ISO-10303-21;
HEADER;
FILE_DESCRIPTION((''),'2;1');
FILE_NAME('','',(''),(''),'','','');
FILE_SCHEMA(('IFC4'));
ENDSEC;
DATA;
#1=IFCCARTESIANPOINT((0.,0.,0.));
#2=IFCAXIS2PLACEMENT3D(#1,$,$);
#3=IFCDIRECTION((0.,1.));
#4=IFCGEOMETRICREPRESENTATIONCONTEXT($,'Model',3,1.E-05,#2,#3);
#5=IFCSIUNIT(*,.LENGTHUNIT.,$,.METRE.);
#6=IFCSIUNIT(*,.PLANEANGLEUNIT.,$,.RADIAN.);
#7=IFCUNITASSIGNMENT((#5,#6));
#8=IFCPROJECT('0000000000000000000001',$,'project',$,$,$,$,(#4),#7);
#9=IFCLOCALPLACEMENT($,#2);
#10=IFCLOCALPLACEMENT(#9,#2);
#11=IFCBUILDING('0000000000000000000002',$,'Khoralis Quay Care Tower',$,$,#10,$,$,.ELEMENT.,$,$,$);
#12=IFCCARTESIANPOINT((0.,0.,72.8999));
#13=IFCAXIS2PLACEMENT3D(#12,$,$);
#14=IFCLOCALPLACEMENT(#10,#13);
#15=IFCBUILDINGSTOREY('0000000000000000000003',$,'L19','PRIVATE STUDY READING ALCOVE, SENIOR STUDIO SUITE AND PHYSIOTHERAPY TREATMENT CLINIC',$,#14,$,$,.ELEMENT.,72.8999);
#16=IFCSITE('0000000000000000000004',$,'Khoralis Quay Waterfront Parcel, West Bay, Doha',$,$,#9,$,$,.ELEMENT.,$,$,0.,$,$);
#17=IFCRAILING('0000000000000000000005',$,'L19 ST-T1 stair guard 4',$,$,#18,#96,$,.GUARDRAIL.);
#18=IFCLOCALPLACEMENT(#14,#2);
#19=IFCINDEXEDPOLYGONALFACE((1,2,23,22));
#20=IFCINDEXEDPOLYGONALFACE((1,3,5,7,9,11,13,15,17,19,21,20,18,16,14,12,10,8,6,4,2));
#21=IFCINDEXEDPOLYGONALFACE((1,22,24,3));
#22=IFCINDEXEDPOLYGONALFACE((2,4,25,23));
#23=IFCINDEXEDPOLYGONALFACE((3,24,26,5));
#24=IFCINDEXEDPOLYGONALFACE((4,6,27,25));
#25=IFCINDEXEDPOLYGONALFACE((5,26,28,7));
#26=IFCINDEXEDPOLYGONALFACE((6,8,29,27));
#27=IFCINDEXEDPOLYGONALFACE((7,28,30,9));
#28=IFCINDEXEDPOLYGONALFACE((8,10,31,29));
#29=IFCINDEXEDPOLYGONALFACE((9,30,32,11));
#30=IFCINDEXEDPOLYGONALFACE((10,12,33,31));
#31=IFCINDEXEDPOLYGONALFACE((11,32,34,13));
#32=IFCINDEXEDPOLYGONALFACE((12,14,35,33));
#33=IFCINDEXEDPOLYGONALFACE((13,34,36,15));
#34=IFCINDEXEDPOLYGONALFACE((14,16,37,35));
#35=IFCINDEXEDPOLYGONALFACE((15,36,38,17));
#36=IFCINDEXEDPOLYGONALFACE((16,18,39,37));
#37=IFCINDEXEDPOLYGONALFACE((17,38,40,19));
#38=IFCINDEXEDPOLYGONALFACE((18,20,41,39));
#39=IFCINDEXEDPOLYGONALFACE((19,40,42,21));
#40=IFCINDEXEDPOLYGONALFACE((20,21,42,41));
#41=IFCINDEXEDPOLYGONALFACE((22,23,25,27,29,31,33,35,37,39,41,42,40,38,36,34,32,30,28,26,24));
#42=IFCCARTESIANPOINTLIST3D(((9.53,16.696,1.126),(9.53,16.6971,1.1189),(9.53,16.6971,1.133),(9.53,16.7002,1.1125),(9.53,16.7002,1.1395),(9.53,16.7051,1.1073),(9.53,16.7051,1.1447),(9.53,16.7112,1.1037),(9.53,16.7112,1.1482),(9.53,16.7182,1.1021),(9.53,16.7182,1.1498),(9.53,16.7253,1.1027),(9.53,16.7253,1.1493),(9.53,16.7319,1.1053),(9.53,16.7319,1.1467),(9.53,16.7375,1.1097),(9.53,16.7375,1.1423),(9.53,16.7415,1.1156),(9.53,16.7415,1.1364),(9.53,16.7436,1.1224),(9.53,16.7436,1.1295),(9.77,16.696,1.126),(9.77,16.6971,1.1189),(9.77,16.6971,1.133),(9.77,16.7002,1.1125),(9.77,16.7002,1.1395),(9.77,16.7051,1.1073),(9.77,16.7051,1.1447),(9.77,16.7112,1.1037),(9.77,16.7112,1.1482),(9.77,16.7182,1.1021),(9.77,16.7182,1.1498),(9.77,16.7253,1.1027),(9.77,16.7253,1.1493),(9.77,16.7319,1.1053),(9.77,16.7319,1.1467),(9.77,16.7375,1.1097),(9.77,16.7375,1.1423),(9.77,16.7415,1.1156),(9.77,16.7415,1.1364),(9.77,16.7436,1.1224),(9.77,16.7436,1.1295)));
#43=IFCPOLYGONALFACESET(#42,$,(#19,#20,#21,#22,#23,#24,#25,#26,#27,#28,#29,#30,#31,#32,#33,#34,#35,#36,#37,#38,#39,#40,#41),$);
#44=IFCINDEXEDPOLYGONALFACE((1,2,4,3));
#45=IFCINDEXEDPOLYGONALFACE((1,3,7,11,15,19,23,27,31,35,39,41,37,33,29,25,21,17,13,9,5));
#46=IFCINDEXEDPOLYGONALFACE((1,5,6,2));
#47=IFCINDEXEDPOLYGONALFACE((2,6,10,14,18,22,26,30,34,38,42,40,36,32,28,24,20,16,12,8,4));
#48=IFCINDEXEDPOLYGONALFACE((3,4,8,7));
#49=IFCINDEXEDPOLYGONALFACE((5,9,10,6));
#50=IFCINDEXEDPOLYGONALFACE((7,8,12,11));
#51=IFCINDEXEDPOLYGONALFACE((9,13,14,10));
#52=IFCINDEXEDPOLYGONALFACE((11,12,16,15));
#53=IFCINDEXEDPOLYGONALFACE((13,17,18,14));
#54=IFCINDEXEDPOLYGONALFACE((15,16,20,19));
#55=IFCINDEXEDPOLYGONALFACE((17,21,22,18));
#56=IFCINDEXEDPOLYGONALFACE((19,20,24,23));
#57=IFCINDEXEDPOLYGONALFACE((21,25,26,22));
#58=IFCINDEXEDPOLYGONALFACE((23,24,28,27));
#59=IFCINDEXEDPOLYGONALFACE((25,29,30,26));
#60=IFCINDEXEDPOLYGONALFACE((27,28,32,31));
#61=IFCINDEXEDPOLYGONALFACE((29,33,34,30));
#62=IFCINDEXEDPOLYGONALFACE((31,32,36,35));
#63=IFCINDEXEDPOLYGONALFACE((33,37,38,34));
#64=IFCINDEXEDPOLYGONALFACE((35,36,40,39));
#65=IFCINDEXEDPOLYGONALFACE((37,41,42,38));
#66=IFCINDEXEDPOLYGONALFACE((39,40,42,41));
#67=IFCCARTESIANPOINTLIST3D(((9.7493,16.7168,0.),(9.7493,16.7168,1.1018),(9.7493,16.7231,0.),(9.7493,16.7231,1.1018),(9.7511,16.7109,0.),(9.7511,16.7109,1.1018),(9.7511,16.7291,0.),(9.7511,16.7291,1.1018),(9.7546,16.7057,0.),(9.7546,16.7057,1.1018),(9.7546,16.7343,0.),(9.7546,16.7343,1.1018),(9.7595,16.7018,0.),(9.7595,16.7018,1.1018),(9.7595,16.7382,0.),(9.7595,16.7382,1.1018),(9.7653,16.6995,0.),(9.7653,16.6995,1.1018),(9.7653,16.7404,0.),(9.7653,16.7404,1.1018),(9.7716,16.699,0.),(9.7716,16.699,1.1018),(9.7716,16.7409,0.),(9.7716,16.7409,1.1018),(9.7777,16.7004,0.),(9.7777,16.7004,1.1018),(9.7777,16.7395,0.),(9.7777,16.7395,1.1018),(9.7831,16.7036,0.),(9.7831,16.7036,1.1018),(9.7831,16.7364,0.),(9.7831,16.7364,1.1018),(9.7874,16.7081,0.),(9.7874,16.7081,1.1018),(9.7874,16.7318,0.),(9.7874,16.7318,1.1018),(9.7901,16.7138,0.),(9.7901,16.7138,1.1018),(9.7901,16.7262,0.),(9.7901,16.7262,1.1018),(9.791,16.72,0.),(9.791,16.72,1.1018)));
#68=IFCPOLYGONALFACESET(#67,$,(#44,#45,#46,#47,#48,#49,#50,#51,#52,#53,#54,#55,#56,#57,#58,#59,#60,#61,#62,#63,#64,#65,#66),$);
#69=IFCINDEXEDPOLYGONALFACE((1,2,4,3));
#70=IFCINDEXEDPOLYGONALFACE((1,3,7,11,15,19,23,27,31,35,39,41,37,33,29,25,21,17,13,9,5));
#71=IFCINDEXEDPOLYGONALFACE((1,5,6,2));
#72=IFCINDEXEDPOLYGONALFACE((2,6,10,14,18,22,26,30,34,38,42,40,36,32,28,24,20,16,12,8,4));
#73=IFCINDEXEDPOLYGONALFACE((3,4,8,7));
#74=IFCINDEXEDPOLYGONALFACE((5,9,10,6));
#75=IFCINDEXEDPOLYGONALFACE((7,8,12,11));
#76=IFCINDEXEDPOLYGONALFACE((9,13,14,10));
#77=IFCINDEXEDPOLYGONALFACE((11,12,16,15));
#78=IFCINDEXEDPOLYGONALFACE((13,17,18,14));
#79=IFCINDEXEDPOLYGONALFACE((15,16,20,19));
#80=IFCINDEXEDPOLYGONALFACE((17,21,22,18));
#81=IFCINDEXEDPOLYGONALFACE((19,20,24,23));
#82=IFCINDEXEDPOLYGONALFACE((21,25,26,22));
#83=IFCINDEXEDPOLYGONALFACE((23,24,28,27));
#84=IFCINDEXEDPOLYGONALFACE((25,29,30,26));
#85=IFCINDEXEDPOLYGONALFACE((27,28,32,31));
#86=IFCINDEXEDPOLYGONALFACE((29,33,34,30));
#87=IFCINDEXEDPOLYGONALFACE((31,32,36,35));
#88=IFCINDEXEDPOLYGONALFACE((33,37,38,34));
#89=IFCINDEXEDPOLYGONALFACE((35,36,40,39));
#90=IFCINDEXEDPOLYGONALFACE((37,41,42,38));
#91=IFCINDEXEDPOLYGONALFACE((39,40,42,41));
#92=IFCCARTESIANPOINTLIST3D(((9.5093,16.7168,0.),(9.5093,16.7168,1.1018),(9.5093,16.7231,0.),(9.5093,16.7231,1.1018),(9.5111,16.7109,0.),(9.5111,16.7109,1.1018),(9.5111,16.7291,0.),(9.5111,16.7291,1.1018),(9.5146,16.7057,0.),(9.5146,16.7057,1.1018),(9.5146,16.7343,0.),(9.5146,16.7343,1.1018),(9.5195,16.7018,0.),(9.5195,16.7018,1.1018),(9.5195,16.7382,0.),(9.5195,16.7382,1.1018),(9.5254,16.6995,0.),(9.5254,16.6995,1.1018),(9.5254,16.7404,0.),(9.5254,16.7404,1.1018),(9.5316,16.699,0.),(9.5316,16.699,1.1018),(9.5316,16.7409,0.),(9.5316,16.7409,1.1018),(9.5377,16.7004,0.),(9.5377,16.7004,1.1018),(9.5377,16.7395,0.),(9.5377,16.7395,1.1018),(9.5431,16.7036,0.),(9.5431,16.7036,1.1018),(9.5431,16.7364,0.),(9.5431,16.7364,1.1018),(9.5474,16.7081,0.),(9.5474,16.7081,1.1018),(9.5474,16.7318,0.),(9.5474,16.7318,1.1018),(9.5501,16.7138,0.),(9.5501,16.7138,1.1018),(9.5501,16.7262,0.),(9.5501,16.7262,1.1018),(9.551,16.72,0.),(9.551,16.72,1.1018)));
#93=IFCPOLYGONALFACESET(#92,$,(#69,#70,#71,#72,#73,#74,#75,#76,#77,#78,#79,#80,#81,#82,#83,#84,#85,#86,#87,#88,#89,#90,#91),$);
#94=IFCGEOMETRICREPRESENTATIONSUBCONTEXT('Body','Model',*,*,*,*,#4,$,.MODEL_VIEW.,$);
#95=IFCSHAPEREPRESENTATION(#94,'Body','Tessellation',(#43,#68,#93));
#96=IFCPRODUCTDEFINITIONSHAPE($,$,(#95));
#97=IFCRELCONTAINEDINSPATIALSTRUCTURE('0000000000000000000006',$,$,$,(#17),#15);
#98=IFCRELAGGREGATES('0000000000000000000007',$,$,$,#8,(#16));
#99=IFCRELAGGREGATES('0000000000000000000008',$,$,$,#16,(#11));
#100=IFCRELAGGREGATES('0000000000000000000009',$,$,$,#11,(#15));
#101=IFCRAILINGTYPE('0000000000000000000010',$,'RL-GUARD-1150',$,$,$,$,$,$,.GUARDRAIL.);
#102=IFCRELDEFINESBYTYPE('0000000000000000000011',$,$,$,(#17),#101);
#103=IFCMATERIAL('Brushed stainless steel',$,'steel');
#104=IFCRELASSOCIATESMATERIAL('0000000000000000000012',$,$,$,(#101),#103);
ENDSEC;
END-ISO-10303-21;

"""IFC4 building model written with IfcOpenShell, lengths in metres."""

from ifc_helpers import new_model, si_unit, direction, frame, origin, origin_2d, place, context, subcontext, project, spatial, circle, extrude, material, type_object, element, save


model = new_model("IFC4")

# Units and contexts
model_context = context("Model", 3, precision=1e-05, world=origin(), true_north=direction((0.0, 1.0)))
body_context = subcontext(model_context, "Body", "Model", "MODEL_VIEW")
ifc_project = project(units=[si_unit("LENGTHUNIT", "METRE"), si_unit("PLANEANGLEUNIT", "RADIAN")], contexts=[model_context])

# Site, building, storey
site_placement = place(None, origin())
site = spatial("IfcSite", under=ifc_project, at=site_placement, Name="Khoralis Quay Waterfront Parcel, West Bay, Doha", CompositionType="ELEMENT", RefElevation=0.0)
building_placement = place(site_placement, origin())
building = spatial("IfcBuilding", under=site, at=building_placement, Name="Khoralis Quay Care Tower", CompositionType="ELEMENT")
storey_placement = place(building_placement, frame((0.0, 0.0, 72.8999)))
storey = spatial("IfcBuildingStorey", under=building, at=storey_placement, Name="L19", Description="PRIVATE STUDY READING ALCOVE, SENIOR STUDIO SUITE AND PHYSIOTHERAPY TREATMENT CLINIC", CompositionType="ELEMENT", Elevation=72.8999)

# Shared definitions
ifc_material_1 = material(Name="Brushed stainless steel", Category="steel")

# Railing
railing_type_1 = type_object("IfcRailingType", Name="RL-GUARD-1150", PredefinedType="GUARDRAIL", material=ifc_material_1)
railing_1_placement = place(storey_placement, frame((9.77, 16.72, 0.0)))
element("IfcRailing", 1, at=railing_1_placement, inside=storey, type_object=railing_type_1, Name="L19 ST-T1 stair guard 4", PredefinedType="GUARDRAIL", context=body_context, shape_type="SweptSolid", body=[
    extrude(circle(Radius=0.0239, at=origin_2d()), frame((0.0, 0.0, 1.126), z_axis=(-1.0, 0.0, 0.0), x_axis=(0.0, -1.0, 0.0)), (0.0, 0.0, 1.0), 0.24),
    extrude(circle(Radius=0.021, at=origin_2d()), origin(), (0.0, 0.0, 1.0), 1.1018),
    extrude(circle(Radius=0.021, at=origin_2d()), frame((-0.24, 0.0, 0.0)), (0.0, 0.0, 1.0), 1.1018),
])

save(model, "model.ifc")
